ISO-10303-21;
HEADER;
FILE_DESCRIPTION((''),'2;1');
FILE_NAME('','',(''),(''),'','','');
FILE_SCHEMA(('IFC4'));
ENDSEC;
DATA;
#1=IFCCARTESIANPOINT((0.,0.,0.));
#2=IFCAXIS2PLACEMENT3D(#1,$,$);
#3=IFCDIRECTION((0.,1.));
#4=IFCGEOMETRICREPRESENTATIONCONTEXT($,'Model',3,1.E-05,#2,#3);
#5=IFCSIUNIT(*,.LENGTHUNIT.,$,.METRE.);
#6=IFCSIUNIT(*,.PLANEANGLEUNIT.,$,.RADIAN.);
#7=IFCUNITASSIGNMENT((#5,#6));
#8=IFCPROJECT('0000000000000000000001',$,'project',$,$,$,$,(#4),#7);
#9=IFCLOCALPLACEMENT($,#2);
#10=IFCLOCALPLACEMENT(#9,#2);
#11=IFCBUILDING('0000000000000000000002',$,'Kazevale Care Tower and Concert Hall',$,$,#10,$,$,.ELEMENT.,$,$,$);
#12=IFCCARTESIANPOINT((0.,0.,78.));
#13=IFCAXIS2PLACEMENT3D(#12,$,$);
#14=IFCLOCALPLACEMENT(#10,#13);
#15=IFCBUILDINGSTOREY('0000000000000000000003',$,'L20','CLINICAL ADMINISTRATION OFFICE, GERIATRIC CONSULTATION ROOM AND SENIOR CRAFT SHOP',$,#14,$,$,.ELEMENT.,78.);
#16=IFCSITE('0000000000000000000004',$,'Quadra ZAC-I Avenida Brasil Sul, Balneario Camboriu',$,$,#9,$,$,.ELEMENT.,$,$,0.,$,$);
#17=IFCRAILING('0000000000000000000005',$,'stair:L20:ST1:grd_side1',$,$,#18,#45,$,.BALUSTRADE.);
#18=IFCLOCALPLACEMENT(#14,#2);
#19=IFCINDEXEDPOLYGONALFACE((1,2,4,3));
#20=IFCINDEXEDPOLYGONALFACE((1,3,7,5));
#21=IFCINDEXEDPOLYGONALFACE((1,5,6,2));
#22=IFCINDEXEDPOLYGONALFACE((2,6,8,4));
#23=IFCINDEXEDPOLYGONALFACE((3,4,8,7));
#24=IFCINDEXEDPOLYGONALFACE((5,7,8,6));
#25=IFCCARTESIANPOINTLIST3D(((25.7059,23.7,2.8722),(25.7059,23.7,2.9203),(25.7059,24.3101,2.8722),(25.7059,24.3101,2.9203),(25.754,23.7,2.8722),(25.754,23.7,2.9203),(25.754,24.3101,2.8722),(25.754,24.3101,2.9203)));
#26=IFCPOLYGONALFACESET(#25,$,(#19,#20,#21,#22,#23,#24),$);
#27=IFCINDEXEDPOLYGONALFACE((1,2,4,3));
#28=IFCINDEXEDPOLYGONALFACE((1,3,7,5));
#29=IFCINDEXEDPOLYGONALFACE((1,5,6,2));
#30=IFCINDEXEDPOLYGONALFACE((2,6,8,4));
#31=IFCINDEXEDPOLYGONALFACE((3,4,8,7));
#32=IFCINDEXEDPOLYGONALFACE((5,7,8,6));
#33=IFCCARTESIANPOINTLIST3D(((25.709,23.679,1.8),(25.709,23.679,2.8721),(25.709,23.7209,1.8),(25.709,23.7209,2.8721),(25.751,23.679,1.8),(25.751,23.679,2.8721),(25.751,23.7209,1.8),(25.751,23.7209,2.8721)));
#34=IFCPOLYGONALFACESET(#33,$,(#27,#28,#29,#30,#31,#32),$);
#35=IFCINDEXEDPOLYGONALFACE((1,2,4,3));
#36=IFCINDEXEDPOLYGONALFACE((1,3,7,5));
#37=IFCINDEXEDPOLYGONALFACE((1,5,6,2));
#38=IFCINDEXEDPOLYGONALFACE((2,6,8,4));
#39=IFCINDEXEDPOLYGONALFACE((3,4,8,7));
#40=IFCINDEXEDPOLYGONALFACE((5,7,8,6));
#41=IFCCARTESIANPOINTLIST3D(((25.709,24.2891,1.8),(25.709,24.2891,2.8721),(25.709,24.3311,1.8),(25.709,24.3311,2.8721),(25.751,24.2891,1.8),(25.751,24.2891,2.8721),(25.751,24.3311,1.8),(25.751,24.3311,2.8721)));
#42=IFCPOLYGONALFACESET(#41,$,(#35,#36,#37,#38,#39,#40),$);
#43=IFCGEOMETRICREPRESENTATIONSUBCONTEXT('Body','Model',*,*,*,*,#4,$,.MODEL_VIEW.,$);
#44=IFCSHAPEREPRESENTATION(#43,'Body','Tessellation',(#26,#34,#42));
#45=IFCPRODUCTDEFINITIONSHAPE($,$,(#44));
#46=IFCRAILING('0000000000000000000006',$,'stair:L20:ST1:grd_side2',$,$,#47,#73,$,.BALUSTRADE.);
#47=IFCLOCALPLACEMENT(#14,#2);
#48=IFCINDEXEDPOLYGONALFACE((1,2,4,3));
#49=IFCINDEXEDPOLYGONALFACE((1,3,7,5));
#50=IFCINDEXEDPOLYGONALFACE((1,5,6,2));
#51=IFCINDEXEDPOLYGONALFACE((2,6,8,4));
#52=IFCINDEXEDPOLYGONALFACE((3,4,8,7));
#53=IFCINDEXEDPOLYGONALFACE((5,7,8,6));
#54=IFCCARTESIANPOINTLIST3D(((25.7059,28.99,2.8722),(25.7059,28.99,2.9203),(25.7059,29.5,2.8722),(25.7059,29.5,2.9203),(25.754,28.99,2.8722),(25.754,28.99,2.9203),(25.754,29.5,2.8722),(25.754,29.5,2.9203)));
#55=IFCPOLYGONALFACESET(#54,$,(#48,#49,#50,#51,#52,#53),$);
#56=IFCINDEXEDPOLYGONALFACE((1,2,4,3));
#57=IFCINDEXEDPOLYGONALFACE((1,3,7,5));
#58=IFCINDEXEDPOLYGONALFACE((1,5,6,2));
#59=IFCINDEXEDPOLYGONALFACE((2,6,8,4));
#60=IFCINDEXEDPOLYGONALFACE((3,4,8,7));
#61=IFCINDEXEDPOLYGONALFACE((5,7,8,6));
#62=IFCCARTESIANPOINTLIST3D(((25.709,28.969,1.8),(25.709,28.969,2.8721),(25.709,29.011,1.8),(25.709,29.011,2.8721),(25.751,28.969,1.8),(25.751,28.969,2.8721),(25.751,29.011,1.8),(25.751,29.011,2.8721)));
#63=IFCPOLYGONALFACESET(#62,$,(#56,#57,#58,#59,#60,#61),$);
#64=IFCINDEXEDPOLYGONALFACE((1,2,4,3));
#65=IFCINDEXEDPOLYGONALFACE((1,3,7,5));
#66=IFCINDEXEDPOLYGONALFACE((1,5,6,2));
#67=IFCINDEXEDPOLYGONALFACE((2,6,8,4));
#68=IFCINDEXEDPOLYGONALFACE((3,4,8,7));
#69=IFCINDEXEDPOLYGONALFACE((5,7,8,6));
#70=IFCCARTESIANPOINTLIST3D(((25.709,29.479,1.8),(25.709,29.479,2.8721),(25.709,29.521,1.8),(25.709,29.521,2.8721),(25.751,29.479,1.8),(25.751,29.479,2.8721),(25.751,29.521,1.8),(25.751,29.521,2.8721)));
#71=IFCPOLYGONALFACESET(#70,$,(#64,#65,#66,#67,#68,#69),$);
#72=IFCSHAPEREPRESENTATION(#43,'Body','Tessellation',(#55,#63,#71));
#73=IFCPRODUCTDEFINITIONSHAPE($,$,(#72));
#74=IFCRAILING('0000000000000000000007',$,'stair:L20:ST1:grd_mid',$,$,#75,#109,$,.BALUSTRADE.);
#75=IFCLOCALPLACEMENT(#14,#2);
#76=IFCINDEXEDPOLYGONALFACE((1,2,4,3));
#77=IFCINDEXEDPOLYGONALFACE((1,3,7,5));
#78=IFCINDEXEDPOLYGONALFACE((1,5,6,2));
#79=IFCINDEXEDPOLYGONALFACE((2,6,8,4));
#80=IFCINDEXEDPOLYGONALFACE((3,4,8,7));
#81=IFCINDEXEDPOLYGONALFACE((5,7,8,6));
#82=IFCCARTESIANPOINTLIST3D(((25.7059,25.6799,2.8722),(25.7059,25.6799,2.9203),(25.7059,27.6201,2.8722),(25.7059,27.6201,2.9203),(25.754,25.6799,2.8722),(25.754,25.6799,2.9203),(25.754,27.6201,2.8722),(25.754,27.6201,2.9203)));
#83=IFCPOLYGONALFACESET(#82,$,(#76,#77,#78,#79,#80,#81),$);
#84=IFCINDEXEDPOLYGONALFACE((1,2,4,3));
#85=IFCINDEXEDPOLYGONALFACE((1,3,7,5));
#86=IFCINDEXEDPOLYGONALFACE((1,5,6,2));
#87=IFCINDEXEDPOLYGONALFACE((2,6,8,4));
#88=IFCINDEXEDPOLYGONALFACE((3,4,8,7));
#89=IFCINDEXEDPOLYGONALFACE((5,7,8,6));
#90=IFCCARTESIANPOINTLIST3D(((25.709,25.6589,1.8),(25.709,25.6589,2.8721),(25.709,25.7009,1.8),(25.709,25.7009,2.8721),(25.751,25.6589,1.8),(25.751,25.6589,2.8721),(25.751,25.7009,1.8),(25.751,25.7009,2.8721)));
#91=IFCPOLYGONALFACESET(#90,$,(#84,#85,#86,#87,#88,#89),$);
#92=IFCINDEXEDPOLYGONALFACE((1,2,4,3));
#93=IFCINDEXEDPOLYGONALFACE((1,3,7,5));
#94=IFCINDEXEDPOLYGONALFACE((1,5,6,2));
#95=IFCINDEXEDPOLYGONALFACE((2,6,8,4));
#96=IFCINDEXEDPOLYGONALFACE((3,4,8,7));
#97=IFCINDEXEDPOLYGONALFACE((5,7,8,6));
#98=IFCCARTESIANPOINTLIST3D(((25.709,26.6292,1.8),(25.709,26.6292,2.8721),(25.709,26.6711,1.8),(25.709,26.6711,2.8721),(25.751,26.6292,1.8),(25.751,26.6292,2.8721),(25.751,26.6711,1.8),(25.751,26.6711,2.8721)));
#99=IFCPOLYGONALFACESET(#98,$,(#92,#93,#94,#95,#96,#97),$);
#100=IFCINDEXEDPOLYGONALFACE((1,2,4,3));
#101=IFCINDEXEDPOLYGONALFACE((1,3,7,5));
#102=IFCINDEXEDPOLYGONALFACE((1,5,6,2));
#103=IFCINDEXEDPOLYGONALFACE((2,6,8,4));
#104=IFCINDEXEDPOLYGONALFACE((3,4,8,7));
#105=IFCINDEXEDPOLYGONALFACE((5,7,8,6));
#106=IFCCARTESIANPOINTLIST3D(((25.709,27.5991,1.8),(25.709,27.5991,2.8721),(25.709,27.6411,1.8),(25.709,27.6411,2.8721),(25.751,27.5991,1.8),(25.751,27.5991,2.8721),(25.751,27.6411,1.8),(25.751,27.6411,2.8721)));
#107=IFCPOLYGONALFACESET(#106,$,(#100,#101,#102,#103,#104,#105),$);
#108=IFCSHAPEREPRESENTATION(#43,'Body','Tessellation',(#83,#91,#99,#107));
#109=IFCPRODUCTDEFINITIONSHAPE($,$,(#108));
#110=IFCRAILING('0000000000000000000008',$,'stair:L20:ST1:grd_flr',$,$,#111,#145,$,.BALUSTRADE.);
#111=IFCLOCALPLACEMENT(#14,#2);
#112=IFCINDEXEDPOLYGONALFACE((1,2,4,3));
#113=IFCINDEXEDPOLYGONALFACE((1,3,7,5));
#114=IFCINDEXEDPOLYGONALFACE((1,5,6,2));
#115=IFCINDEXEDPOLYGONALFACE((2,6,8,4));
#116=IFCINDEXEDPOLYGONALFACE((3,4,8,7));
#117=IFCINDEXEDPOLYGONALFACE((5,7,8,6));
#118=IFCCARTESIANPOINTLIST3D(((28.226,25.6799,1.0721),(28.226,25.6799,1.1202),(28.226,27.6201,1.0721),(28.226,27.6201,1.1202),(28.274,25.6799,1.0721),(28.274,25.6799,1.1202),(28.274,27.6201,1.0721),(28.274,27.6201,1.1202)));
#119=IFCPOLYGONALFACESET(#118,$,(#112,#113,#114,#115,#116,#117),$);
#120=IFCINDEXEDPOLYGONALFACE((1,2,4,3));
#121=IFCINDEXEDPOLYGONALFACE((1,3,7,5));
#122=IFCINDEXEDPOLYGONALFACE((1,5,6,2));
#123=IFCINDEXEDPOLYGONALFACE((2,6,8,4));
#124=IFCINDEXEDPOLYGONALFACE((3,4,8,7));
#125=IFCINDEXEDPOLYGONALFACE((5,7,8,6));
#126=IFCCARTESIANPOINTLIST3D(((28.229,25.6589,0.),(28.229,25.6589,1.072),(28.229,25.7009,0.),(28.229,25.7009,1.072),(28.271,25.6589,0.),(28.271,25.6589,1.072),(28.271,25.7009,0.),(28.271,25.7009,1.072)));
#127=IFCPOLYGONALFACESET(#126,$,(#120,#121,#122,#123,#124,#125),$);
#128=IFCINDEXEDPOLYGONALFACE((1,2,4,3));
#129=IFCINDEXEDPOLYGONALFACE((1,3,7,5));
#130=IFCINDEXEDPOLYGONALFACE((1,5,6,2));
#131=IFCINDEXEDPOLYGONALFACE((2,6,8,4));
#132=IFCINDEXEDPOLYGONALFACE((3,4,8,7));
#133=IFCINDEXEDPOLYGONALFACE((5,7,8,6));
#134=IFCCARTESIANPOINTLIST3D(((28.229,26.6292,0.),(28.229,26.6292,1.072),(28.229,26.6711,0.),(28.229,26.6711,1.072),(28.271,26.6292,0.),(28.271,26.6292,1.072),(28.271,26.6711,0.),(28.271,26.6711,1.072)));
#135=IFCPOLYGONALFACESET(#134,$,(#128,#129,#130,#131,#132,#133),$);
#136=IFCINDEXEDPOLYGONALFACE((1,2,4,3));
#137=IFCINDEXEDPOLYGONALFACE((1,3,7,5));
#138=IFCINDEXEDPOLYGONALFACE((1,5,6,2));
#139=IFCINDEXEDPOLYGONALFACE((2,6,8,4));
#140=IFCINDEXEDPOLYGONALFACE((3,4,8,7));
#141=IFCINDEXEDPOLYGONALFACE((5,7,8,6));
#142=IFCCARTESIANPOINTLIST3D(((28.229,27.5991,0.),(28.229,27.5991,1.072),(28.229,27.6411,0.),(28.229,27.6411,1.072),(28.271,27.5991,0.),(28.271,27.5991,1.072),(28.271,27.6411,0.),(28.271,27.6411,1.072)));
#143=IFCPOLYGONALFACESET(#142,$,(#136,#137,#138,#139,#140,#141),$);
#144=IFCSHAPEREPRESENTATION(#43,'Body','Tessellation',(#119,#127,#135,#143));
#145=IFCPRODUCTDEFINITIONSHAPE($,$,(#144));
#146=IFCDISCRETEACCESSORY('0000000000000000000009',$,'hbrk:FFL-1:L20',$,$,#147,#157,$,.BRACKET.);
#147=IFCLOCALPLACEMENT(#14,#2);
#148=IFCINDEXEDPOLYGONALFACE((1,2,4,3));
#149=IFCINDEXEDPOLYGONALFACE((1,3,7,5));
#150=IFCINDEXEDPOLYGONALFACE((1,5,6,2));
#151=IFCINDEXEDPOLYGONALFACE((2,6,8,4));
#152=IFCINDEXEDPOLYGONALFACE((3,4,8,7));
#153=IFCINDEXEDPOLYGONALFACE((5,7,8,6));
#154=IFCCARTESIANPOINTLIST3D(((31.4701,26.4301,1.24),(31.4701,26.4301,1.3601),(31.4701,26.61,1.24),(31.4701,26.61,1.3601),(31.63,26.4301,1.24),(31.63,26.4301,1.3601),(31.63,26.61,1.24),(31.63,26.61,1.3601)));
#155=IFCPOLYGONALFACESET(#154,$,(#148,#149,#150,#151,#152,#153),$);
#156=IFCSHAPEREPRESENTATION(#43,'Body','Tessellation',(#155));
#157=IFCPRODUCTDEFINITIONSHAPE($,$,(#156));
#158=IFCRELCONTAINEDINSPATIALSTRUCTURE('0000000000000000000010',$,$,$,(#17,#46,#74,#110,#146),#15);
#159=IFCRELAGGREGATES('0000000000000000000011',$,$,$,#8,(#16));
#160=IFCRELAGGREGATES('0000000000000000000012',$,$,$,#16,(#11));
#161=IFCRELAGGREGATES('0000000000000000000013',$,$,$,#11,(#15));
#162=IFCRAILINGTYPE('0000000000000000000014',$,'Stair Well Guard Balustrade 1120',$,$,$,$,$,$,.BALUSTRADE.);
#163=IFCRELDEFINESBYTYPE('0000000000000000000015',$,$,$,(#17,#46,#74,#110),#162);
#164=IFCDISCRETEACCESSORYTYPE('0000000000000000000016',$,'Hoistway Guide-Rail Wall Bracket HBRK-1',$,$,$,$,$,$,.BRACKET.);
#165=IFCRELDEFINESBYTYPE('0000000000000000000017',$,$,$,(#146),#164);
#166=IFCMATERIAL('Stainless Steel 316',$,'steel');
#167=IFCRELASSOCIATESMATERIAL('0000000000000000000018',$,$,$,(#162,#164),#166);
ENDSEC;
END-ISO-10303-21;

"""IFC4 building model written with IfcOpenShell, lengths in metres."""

from ifc_helpers import new_model, si_unit, direction, frame, origin, origin_2d, place, context, subcontext, project, spatial, rectangle, extrude, material, type_object, element, save


model = new_model("IFC4")

# Units and contexts
model_context = context("Model", 3, precision=1e-05, world=origin(), true_north=direction((0.0, 1.0)))
body_context = subcontext(model_context, "Body", "Model", "MODEL_VIEW")
ifc_project = project(units=[si_unit("LENGTHUNIT", "METRE"), si_unit("PLANEANGLEUNIT", "RADIAN")], contexts=[model_context])

# Site, building, storey
site_placement = place(None, origin())
site = spatial("IfcSite", under=ifc_project, at=site_placement, Name="Quadra ZAC-I Avenida Brasil Sul, Balneario Camboriu", CompositionType="ELEMENT", RefElevation=0.0)
building_placement = place(site_placement, origin())
building = spatial("IfcBuilding", under=site, at=building_placement, Name="Kazevale Care Tower and Concert Hall", CompositionType="ELEMENT")
storey_placement = place(building_placement, frame((0.0, 0.0, 78.0)))
storey = spatial("IfcBuildingStorey", under=building, at=storey_placement, Name="L20", Description="CLINICAL ADMINISTRATION OFFICE, GERIATRIC CONSULTATION ROOM AND SENIOR CRAFT SHOP", CompositionType="ELEMENT", Elevation=78.0)

# Shared definitions
ifc_material_1 = material(Name="Stainless Steel 316", Category="steel")

# Railings
railing_type_1 = type_object("IfcRailingType", Name="Stair Well Guard Balustrade 1120", PredefinedType="BALUSTRADE", material=ifc_material_1)
railing_1_placement = place(storey_placement, frame((25.73, 23.7, 1.8)))
element("IfcRailing", 1, at=railing_1_placement, inside=storey, type_object=railing_type_1, Name="stair:L20:ST1:grd_side1", PredefinedType="BALUSTRADE", context=body_context, shape_type="SweptSolid", body=[
    extrude(rectangle(XDim=0.0481, YDim=0.0481, at=origin_2d()), frame((0.0, 0.0, 1.0962), z_axis=(0.0, 1.0, 0.0), x_axis=(-1.0, 0.0, 0.0)), (0.0, 0.0, 1.0), 0.6101),
    extrude(rectangle(XDim=0.042, YDim=0.042, at=origin_2d()), origin(), (0.0, 0.0, 1.0), 1.072),
    extrude(rectangle(XDim=0.042, YDim=0.042, at=origin_2d()), frame((0.0, 0.6101, 0.0)), (0.0, 0.0, 1.0), 1.072),
])
railing_2_placement = place(storey_placement, frame((25.73, 28.99, 1.8)))
element("IfcRailing", 2, at=railing_2_placement, inside=storey, type_object=railing_type_1, Name="stair:L20:ST1:grd_side2", PredefinedType="BALUSTRADE", context=body_context, shape_type="SweptSolid", body=[
    extrude(rectangle(XDim=0.0481, YDim=0.0481, at=origin_2d()), frame((0.0, 0.0, 1.0962), z_axis=(0.0, 1.0, 0.0), x_axis=(-1.0, 0.0, 0.0)), (0.0, 0.0, 1.0), 0.51),
    extrude(rectangle(XDim=0.042, YDim=0.042, at=origin_2d()), origin(), (0.0, 0.0, 1.0), 1.072),
    extrude(rectangle(XDim=0.042, YDim=0.042, at=origin_2d()), frame((0.0, 0.51, 0.0)), (0.0, 0.0, 1.0), 1.072),
])
for number, where, name in (
    (3, (25.73, 25.6799, 1.8), "stair:L20:ST1:grd_mid"),
    (4, (28.25, 25.6799, 0.0), "stair:L20:ST1:grd_flr"),
):
    element("IfcRailing", number, at=place(storey_placement, frame(where)), inside=storey, type_object=railing_type_1, Name=name, PredefinedType="BALUSTRADE", context=body_context, shape_type="SweptSolid", body=[
        extrude(rectangle(XDim=0.0481, YDim=0.0481, at=origin_2d()), frame((0.0, 0.0, 1.0962), z_axis=(0.0, 1.0, 0.0), x_axis=(-1.0, 0.0, 0.0)), (0.0, 0.0, 1.0), 1.9402),
        extrude(rectangle(XDim=0.042, YDim=0.042, at=origin_2d()), origin(), (0.0, 0.0, 1.0), 1.072),
        extrude(rectangle(XDim=0.042, YDim=0.042, at=origin_2d()), frame((0.0, 0.9702, 0.0)), (0.0, 0.0, 1.0), 1.072),
        extrude(rectangle(XDim=0.042, YDim=0.042, at=origin_2d()), frame((0.0, 1.9402, 0.0)), (0.0, 0.0, 1.0), 1.072),
    ])

# Discrete accessory
discrete_accessory_type = type_object("IfcDiscreteAccessoryType", Name="Hoistway Guide-Rail Wall Bracket HBRK-1", PredefinedType="BRACKET", material=ifc_material_1)
discrete_accessory_placement = place(storey_placement, frame((31.55, 26.52, 1.24), z_axis=(0.0, 0.0, 1.0), x_axis=(1.0, 0.0, 0.0)))
element("IfcDiscreteAccessory", 5, at=discrete_accessory_placement, inside=storey, type_object=discrete_accessory_type, Name="hbrk:FFL-1:L20", PredefinedType="BRACKET", context=body_context, shape_type="SweptSolid", body=[
    extrude(rectangle(XDim=0.1599, YDim=0.1799, at=origin_2d()), origin(), (0.0, 0.0, 1.0), 0.1201),
])

save(model, "model.ifc")
